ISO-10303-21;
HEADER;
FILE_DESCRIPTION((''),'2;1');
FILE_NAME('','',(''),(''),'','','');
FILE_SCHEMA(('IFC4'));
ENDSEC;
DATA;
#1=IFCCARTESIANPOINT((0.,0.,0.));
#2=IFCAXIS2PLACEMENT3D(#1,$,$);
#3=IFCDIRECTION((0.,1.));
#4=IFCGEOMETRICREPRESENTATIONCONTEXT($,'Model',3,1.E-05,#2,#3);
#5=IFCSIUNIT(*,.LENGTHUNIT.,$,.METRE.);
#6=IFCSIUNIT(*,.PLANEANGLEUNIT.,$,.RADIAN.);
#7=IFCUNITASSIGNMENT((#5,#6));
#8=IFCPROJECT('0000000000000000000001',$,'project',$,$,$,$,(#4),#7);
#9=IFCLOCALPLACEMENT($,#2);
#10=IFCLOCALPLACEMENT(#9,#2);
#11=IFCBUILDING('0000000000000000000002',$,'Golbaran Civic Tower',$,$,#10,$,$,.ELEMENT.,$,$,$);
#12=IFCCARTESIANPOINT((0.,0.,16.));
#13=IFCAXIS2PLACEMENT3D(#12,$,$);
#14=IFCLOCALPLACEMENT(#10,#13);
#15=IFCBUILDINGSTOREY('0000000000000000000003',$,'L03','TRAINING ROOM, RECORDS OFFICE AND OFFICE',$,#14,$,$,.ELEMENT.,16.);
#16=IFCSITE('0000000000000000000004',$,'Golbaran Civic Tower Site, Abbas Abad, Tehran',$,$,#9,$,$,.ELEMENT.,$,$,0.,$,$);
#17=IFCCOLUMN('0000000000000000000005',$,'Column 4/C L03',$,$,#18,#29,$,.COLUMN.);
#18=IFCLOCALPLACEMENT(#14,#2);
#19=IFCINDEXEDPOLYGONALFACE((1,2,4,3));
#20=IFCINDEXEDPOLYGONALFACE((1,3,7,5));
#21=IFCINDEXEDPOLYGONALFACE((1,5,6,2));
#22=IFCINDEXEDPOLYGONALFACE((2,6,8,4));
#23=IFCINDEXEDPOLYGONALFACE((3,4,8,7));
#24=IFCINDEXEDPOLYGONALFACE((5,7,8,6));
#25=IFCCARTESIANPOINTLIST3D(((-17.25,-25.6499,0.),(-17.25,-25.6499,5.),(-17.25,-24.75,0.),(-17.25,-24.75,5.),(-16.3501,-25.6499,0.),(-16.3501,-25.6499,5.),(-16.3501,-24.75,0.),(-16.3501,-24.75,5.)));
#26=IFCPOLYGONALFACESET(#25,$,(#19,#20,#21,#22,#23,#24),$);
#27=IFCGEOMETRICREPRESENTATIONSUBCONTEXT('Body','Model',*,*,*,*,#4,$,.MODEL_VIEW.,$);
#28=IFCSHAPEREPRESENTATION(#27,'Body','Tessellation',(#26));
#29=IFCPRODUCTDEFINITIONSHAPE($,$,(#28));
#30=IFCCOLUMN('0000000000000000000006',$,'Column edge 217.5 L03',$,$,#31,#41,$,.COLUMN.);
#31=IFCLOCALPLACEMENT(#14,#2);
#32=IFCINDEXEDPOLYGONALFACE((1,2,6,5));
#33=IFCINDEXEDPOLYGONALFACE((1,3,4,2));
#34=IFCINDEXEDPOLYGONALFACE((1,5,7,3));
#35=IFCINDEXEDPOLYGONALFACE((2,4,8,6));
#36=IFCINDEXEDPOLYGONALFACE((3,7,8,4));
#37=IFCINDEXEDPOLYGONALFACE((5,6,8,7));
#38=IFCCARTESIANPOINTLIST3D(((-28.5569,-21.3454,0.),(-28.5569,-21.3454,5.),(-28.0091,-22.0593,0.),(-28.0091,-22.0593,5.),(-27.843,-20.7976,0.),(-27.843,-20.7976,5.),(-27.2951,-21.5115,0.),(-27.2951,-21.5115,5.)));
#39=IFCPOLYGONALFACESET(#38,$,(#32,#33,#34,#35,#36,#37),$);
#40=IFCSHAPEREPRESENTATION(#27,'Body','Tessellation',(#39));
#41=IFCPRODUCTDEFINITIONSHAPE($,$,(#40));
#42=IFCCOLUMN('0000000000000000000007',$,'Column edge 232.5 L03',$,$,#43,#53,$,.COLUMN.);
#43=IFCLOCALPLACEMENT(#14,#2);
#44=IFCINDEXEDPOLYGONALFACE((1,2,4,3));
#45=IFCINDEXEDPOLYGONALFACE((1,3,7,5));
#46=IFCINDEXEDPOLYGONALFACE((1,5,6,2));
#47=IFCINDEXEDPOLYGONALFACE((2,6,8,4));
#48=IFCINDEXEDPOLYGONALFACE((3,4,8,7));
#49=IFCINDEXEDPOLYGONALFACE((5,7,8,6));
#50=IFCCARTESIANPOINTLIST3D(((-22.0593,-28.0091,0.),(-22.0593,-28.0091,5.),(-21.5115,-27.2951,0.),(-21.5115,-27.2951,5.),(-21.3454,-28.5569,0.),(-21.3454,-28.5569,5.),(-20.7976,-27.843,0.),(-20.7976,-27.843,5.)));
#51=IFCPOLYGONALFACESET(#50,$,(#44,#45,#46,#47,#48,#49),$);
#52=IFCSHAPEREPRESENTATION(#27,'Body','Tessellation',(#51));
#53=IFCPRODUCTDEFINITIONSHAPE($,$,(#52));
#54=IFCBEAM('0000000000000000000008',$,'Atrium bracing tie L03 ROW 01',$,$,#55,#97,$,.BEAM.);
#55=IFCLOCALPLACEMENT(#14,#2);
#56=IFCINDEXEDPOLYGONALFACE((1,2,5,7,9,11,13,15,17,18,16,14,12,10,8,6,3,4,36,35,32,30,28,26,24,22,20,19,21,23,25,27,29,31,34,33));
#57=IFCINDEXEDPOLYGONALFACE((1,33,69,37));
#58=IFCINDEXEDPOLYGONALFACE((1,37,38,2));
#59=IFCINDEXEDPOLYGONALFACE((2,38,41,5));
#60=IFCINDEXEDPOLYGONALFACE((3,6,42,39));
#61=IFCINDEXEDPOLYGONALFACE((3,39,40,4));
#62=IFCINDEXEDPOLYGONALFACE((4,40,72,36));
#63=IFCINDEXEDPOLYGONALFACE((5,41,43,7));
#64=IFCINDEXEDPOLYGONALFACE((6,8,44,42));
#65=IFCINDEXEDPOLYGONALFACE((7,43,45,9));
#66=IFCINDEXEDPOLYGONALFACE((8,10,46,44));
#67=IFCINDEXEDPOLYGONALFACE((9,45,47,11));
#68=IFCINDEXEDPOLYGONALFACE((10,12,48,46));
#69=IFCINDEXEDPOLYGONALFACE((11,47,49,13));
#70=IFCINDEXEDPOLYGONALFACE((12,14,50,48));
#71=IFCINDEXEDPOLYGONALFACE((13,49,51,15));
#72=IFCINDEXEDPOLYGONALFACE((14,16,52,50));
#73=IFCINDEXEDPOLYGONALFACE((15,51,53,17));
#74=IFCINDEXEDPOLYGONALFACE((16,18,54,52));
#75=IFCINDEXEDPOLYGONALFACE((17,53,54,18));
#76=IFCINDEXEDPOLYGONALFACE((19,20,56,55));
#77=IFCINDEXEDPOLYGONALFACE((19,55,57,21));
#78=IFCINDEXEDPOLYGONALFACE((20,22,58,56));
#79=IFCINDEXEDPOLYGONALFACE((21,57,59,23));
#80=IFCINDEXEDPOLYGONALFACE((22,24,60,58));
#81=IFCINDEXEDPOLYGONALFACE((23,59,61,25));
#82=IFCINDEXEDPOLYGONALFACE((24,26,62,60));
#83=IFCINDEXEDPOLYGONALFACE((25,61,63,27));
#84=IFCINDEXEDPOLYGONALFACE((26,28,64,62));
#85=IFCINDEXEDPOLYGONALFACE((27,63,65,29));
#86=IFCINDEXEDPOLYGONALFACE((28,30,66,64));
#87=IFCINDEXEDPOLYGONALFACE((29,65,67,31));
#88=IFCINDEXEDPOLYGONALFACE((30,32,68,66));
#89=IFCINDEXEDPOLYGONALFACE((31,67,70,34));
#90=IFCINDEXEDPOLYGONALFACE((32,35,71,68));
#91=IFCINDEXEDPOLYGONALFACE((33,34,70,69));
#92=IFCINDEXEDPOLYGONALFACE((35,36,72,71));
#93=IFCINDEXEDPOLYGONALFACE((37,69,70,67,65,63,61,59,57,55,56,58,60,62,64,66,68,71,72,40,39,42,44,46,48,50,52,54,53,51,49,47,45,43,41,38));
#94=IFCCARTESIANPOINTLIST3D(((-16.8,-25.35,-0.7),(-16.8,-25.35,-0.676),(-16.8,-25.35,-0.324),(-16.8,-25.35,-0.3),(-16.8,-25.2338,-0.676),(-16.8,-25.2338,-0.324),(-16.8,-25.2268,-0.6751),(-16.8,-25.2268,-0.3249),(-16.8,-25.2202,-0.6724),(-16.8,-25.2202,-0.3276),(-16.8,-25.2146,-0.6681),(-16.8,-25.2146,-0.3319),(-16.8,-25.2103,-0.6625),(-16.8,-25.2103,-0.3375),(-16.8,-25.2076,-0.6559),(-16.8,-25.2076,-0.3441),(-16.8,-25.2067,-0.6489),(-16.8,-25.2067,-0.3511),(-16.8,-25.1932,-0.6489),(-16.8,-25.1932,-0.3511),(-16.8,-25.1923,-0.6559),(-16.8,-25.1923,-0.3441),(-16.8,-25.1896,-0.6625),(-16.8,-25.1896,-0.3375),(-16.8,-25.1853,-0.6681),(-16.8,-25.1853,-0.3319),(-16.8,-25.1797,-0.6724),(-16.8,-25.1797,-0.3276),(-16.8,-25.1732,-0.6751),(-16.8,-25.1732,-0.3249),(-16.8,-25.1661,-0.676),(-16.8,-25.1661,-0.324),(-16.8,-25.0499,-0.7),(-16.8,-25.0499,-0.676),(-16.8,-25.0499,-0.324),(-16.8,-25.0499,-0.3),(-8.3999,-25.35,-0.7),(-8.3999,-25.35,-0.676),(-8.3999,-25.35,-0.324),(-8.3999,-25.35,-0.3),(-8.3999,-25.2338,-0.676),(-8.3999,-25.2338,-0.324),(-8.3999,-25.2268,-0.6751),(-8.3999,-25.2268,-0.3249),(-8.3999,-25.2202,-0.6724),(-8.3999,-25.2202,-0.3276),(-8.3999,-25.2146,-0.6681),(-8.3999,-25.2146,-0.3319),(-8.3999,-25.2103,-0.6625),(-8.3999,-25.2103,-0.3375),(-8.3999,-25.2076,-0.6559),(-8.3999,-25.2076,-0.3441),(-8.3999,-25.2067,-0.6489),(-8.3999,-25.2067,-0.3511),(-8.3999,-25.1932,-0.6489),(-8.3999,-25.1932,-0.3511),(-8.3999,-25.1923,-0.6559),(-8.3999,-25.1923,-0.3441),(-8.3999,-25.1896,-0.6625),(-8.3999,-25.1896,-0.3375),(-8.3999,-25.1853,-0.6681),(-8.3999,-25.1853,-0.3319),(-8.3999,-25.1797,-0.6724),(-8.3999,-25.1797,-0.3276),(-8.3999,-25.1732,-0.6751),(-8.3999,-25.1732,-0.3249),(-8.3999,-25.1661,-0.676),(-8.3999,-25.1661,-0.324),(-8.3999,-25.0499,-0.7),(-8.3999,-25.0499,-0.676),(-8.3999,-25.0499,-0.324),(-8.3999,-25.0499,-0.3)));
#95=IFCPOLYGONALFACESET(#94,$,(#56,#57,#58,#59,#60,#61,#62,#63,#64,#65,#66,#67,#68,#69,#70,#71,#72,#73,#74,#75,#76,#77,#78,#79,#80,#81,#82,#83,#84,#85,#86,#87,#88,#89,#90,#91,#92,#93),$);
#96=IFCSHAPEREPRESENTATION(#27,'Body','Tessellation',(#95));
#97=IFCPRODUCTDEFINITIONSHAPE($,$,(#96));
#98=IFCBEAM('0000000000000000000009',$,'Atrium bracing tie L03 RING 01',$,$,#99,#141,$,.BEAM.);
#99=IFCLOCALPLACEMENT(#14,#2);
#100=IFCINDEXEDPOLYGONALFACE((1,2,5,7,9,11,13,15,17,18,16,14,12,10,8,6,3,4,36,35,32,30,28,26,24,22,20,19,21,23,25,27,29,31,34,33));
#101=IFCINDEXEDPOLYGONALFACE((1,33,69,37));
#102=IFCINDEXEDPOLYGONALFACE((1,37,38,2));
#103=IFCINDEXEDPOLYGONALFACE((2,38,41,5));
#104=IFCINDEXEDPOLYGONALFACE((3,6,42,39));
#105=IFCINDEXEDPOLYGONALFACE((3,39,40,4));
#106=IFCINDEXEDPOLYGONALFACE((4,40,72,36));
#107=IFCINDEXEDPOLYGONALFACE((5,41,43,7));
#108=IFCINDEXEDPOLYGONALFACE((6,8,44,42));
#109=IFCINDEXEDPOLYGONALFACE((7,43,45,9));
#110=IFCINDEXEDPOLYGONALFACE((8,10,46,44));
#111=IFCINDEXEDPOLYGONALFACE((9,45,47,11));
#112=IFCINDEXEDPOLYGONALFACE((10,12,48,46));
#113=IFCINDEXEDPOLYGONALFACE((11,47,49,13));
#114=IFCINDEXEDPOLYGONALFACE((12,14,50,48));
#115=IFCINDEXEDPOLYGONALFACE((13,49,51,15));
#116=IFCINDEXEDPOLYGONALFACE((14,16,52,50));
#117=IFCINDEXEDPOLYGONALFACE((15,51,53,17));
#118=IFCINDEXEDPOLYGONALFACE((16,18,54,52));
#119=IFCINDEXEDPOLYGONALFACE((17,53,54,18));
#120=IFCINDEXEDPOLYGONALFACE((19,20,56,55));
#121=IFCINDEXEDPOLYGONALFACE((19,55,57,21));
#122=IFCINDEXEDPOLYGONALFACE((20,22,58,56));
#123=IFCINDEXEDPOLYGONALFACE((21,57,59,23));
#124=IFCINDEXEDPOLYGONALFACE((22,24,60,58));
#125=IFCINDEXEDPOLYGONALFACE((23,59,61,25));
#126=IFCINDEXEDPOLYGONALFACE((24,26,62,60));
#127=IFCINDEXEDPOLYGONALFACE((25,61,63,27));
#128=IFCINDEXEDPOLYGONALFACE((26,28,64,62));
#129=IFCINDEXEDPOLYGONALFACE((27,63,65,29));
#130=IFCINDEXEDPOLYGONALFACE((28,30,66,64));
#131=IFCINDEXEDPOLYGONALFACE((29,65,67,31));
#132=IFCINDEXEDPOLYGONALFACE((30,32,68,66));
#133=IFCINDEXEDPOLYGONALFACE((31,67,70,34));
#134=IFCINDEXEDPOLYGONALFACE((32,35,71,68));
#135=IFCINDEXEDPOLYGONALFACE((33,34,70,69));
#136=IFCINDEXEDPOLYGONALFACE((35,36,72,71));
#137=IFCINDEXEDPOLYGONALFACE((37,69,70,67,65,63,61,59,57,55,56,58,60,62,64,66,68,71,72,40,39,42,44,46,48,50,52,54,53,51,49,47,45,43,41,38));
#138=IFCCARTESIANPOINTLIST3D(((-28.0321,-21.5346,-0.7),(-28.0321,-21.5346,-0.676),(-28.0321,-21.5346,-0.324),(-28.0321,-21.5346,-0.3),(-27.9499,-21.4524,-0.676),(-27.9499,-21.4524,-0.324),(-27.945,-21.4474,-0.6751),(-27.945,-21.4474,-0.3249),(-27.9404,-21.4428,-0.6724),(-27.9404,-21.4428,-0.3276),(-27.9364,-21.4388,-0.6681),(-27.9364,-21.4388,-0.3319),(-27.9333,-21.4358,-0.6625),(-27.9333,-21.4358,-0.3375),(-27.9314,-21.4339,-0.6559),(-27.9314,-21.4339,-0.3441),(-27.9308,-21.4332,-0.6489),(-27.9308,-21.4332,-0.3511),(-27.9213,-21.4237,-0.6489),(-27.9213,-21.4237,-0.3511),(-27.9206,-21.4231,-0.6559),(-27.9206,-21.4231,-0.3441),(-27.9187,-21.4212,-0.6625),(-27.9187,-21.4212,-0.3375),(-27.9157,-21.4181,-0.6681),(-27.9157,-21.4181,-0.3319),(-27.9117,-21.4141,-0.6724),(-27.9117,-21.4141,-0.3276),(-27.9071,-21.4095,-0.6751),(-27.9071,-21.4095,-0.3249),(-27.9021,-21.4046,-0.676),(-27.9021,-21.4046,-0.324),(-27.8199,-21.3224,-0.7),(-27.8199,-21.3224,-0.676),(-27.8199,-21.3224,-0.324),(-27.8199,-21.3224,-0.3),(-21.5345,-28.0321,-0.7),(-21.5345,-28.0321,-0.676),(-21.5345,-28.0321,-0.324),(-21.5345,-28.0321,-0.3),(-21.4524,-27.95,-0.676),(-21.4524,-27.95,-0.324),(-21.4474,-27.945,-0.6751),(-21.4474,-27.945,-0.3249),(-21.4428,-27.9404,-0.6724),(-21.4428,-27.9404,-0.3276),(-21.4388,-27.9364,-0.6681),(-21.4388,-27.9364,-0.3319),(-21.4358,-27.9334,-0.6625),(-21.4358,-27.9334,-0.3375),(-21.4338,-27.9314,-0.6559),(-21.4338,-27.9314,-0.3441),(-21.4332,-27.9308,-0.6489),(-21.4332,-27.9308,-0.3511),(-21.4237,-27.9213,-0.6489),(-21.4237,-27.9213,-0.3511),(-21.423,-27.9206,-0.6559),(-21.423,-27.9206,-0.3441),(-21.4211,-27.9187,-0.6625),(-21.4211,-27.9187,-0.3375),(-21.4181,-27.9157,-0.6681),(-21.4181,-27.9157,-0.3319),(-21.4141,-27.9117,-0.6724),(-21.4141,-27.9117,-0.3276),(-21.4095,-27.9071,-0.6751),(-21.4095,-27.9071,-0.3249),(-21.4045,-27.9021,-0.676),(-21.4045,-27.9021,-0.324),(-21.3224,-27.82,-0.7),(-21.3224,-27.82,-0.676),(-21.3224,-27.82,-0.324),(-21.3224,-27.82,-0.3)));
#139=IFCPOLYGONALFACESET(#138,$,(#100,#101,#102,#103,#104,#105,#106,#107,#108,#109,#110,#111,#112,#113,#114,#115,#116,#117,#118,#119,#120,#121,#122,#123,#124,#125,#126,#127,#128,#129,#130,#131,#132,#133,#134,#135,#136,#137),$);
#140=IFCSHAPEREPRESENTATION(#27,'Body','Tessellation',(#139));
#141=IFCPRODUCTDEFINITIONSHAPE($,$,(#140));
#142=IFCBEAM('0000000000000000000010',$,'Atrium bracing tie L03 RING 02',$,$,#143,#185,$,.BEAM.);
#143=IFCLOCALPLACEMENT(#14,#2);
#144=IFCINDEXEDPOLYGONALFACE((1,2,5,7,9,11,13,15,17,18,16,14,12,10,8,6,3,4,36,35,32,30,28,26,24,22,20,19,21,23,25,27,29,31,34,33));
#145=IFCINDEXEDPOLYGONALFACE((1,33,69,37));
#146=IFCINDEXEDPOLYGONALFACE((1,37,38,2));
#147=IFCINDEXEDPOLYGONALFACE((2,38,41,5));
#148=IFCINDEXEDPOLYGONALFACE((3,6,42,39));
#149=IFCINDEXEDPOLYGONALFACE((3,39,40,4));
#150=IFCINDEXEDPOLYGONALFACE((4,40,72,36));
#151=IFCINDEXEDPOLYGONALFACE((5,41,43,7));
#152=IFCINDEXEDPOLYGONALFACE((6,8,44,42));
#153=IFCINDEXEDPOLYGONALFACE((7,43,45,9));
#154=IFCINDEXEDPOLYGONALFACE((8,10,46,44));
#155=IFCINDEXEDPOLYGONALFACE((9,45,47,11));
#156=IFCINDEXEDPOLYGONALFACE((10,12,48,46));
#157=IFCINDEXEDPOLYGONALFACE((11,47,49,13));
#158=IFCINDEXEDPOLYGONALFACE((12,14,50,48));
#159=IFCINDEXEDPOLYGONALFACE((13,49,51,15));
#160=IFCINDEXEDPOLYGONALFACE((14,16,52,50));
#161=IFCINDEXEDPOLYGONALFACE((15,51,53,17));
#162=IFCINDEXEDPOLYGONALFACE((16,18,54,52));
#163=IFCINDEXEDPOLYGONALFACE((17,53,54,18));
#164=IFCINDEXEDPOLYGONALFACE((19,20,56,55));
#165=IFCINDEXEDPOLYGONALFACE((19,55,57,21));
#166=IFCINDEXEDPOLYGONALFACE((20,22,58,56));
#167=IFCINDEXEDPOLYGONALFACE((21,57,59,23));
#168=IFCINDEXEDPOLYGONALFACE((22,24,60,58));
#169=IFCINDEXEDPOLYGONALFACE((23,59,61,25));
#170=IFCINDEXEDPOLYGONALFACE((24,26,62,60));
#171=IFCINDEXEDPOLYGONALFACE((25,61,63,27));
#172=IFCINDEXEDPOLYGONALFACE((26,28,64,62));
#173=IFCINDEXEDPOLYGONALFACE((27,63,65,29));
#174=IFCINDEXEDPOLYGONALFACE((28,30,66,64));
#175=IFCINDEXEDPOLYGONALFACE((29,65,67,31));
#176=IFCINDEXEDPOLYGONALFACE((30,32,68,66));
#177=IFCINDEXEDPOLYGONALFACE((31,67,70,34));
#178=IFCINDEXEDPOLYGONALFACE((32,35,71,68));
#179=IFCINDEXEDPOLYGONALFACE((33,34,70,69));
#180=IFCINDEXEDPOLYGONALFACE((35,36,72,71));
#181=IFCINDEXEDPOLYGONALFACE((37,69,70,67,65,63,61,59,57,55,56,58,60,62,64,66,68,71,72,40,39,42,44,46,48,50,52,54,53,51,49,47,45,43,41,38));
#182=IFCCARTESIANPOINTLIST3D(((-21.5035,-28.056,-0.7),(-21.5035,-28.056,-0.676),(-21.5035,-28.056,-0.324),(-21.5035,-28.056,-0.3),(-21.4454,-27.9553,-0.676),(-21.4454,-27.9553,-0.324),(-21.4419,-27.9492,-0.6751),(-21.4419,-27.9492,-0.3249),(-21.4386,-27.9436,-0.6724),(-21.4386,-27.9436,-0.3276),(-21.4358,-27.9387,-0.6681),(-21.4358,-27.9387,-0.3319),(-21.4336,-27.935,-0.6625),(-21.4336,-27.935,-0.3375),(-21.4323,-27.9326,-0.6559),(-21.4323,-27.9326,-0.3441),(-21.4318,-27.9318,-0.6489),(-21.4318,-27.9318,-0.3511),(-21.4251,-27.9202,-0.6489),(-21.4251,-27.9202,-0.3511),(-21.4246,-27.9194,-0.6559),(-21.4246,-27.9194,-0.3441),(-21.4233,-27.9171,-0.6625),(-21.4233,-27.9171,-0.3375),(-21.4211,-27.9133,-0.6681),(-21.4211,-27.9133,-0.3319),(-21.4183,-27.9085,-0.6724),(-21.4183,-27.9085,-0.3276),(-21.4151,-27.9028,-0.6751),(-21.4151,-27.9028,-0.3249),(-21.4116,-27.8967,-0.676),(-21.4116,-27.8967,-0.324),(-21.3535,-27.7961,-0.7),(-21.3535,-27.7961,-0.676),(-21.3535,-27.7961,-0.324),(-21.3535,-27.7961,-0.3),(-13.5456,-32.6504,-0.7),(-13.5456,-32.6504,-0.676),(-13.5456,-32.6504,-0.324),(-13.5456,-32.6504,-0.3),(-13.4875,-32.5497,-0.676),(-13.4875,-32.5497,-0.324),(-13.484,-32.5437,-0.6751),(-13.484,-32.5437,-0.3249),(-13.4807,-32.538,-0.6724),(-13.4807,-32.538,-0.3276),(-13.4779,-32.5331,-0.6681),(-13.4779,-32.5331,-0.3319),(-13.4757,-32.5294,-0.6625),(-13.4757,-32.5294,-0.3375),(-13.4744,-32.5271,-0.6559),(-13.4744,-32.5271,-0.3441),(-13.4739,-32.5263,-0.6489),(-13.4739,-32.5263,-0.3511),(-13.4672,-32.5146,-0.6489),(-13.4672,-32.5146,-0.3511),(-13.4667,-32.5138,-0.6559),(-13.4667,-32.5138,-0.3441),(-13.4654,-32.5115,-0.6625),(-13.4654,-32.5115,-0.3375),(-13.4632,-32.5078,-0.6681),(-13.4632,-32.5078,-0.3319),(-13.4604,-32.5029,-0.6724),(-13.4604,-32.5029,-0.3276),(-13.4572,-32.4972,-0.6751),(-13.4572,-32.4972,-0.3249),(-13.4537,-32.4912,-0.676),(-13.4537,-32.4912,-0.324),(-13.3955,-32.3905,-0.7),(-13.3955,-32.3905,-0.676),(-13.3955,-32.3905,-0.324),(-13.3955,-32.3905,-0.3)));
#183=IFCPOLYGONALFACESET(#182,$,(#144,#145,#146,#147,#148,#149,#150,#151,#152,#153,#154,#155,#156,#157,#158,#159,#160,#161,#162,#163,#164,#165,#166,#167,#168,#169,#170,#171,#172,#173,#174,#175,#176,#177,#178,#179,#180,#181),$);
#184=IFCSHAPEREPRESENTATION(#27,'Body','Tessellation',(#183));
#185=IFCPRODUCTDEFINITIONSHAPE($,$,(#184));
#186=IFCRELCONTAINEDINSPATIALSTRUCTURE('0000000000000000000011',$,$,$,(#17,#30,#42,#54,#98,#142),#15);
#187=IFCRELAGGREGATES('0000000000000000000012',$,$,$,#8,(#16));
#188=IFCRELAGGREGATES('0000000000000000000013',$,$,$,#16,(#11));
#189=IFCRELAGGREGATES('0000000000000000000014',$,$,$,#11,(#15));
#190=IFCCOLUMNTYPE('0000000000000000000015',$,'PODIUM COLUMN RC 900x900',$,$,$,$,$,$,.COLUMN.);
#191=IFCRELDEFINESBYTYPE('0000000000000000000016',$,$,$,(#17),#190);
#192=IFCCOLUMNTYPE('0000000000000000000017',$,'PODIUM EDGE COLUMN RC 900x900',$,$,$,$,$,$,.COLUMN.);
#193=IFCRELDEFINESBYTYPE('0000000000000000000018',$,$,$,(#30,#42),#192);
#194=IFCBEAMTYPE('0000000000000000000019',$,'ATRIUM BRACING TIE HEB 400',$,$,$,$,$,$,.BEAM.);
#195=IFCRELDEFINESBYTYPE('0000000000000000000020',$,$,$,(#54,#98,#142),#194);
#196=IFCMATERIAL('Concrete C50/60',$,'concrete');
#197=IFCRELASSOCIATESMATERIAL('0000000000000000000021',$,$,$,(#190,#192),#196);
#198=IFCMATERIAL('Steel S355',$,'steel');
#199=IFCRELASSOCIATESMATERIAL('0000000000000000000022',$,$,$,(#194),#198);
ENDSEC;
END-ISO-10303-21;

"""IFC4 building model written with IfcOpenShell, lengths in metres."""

from ifc_helpers import new_model, si_unit, direction, frame, origin, origin_2d, place, context, subcontext, project, spatial, rectangle, i_section, extrude, material, material_profile, profile_set, type_object, element, save


model = new_model("IFC4")

# Units and contexts
model_context = context("Model", 3, precision=1e-05, world=origin(), true_north=direction((0.0, 1.0)))
body_context = subcontext(model_context, "Body", "Model", "MODEL_VIEW")
ifc_project = project(units=[si_unit("LENGTHUNIT", "METRE"), si_unit("PLANEANGLEUNIT", "RADIAN")], contexts=[model_context])

# Site, building, storey
site_placement = place(None, origin())
site = spatial("IfcSite", under=ifc_project, at=site_placement, Name="Golbaran Civic Tower Site, Abbas Abad, Tehran", CompositionType="ELEMENT", RefElevation=0.0)
building_placement = place(site_placement, origin())
building = spatial("IfcBuilding", under=site, at=building_placement, Name="Golbaran Civic Tower", CompositionType="ELEMENT")
storey_placement = place(building_placement, frame((0.0, 0.0, 16.0)))
storey = spatial("IfcBuildingStorey", under=building, at=storey_placement, Name="L03", Description="TRAINING ROOM, RECORDS OFFICE AND OFFICE", CompositionType="ELEMENT", Elevation=16.0)

# Columns
ifc_material_1 = material(Name="Concrete C50/60", Category="concrete")
ifc_material_profile_1 = material_profile(ifc_material_1, rectangle(XDim=0.8999, YDim=0.8999, at=origin_2d()), Name="RC 900x900")
ifc_profile_set_1 = profile_set([ifc_material_profile_1], Name="Concrete C50/60")
column_type_1 = type_object("IfcColumnType", Name="PODIUM COLUMN RC 900x900", PredefinedType="COLUMN", material=ifc_profile_set_1)
column_placement = place(storey_placement, frame((-16.8, -25.2, 0.0), z_axis=(0.0, 0.0, 1.0), x_axis=(1.0, 0.0, 0.0)))
element("IfcColumn", 1, at=column_placement, inside=storey, type_object=column_type_1, Name="Column 4/C L03", PredefinedType="COLUMN", context=body_context, shape_type="SweptSolid", body=[
    extrude(rectangle(XDim=0.8999, YDim=0.8999, at=origin_2d()), origin(), (0.0, 0.0, 1.0), 5.0),
])
ifc_material_profile_2 = material_profile(ifc_material_1, rectangle(XDim=0.8999, YDim=0.8999, at=origin_2d()), Name="RC 900x900")
ifc_profile_set_2 = profile_set([ifc_material_profile_2], Name="Concrete C50/60")
column_type_2 = type_object("IfcColumnType", Name="PODIUM EDGE COLUMN RC 900x900", PredefinedType="COLUMN", material=ifc_profile_set_2)
for number, where, z_axis, x_axis, name in (
    (2, (-27.926, -21.4285, 0.0), (0.0, 0.0, 1.0), (-0.793353, -0.608761, 0.0), "Column edge 217.5 L03"),
    (3, (-21.4285, -27.926, 0.0), (0.0, 0.0, 1.0), (-0.608761, -0.793353, 0.0), "Column edge 232.5 L03"),
):
    element("IfcColumn", number, at=place(storey_placement, frame(where, z_axis=z_axis, x_axis=x_axis)), inside=storey, type_object=column_type_2, Name=name, PredefinedType="COLUMN", context=body_context, shape_type="SweptSolid", body=[
        extrude(rectangle(XDim=0.8999, YDim=0.8999, at=origin_2d()), origin(), (0.0, 0.0, 1.0), 5.0),
    ])

# Beams
ifc_material_2 = material(Name="Steel S355", Category="steel")
ifc_material_profile_3 = material_profile(ifc_material_2, i_section(OverallWidth=0.3, OverallDepth=0.3999, WebThickness=0.0134, FlangeThickness=0.0239, FilletRadius=0.0271, at=origin_2d()), Name="HEB 400")
ifc_profile_set_3 = profile_set([ifc_material_profile_3], Name="Steel S355")
beam_type = type_object("IfcBeamType", Name="ATRIUM BRACING TIE HEB 400", PredefinedType="BEAM", material=ifc_profile_set_3)
beam_1_placement = place(storey_placement, frame((-16.8, -25.2, -0.5), z_axis=(1.0, 0.0, 0.0), x_axis=(0.0, 1.0, 0.0)))
element("IfcBeam", 4, at=beam_1_placement, inside=storey, type_object=beam_type, Name="Atrium bracing tie L03 ROW 01", PredefinedType="BEAM", context=body_context, shape_type="SweptSolid", body=[
    extrude(i_section(OverallWidth=0.3, OverallDepth=0.3999, WebThickness=0.0134, FlangeThickness=0.0239, FilletRadius=0.0271, at=origin_2d()), origin(), (0.0, 0.0, 1.0), 8.4001),
])
for number, where, z_axis, x_axis, name in (
    (5, (-27.926, -21.4285, -0.5), (0.707107, -0.707107, 0.0), (0.707107, 0.707107, 0.0), "Atrium bracing tie L03 RING 01"),
    (6, (-21.4285, -27.926, -0.5), (0.866029, -0.499994, 0.0), (0.499994, 0.866029, 0.0), "Atrium bracing tie L03 RING 02"),
):
    element("IfcBeam", number, at=place(storey_placement, frame(where, z_axis=z_axis, x_axis=x_axis)), inside=storey, type_object=beam_type, Name=name, PredefinedType="BEAM", context=body_context, shape_type="SweptSolid", body=[
        extrude(i_section(OverallWidth=0.3, OverallDepth=0.3999, WebThickness=0.0134, FlangeThickness=0.0239, FilletRadius=0.0271, at=origin_2d()), origin(), (0.0, 0.0, 1.0), 9.189),
    ])

save(model, "model.ifc")
